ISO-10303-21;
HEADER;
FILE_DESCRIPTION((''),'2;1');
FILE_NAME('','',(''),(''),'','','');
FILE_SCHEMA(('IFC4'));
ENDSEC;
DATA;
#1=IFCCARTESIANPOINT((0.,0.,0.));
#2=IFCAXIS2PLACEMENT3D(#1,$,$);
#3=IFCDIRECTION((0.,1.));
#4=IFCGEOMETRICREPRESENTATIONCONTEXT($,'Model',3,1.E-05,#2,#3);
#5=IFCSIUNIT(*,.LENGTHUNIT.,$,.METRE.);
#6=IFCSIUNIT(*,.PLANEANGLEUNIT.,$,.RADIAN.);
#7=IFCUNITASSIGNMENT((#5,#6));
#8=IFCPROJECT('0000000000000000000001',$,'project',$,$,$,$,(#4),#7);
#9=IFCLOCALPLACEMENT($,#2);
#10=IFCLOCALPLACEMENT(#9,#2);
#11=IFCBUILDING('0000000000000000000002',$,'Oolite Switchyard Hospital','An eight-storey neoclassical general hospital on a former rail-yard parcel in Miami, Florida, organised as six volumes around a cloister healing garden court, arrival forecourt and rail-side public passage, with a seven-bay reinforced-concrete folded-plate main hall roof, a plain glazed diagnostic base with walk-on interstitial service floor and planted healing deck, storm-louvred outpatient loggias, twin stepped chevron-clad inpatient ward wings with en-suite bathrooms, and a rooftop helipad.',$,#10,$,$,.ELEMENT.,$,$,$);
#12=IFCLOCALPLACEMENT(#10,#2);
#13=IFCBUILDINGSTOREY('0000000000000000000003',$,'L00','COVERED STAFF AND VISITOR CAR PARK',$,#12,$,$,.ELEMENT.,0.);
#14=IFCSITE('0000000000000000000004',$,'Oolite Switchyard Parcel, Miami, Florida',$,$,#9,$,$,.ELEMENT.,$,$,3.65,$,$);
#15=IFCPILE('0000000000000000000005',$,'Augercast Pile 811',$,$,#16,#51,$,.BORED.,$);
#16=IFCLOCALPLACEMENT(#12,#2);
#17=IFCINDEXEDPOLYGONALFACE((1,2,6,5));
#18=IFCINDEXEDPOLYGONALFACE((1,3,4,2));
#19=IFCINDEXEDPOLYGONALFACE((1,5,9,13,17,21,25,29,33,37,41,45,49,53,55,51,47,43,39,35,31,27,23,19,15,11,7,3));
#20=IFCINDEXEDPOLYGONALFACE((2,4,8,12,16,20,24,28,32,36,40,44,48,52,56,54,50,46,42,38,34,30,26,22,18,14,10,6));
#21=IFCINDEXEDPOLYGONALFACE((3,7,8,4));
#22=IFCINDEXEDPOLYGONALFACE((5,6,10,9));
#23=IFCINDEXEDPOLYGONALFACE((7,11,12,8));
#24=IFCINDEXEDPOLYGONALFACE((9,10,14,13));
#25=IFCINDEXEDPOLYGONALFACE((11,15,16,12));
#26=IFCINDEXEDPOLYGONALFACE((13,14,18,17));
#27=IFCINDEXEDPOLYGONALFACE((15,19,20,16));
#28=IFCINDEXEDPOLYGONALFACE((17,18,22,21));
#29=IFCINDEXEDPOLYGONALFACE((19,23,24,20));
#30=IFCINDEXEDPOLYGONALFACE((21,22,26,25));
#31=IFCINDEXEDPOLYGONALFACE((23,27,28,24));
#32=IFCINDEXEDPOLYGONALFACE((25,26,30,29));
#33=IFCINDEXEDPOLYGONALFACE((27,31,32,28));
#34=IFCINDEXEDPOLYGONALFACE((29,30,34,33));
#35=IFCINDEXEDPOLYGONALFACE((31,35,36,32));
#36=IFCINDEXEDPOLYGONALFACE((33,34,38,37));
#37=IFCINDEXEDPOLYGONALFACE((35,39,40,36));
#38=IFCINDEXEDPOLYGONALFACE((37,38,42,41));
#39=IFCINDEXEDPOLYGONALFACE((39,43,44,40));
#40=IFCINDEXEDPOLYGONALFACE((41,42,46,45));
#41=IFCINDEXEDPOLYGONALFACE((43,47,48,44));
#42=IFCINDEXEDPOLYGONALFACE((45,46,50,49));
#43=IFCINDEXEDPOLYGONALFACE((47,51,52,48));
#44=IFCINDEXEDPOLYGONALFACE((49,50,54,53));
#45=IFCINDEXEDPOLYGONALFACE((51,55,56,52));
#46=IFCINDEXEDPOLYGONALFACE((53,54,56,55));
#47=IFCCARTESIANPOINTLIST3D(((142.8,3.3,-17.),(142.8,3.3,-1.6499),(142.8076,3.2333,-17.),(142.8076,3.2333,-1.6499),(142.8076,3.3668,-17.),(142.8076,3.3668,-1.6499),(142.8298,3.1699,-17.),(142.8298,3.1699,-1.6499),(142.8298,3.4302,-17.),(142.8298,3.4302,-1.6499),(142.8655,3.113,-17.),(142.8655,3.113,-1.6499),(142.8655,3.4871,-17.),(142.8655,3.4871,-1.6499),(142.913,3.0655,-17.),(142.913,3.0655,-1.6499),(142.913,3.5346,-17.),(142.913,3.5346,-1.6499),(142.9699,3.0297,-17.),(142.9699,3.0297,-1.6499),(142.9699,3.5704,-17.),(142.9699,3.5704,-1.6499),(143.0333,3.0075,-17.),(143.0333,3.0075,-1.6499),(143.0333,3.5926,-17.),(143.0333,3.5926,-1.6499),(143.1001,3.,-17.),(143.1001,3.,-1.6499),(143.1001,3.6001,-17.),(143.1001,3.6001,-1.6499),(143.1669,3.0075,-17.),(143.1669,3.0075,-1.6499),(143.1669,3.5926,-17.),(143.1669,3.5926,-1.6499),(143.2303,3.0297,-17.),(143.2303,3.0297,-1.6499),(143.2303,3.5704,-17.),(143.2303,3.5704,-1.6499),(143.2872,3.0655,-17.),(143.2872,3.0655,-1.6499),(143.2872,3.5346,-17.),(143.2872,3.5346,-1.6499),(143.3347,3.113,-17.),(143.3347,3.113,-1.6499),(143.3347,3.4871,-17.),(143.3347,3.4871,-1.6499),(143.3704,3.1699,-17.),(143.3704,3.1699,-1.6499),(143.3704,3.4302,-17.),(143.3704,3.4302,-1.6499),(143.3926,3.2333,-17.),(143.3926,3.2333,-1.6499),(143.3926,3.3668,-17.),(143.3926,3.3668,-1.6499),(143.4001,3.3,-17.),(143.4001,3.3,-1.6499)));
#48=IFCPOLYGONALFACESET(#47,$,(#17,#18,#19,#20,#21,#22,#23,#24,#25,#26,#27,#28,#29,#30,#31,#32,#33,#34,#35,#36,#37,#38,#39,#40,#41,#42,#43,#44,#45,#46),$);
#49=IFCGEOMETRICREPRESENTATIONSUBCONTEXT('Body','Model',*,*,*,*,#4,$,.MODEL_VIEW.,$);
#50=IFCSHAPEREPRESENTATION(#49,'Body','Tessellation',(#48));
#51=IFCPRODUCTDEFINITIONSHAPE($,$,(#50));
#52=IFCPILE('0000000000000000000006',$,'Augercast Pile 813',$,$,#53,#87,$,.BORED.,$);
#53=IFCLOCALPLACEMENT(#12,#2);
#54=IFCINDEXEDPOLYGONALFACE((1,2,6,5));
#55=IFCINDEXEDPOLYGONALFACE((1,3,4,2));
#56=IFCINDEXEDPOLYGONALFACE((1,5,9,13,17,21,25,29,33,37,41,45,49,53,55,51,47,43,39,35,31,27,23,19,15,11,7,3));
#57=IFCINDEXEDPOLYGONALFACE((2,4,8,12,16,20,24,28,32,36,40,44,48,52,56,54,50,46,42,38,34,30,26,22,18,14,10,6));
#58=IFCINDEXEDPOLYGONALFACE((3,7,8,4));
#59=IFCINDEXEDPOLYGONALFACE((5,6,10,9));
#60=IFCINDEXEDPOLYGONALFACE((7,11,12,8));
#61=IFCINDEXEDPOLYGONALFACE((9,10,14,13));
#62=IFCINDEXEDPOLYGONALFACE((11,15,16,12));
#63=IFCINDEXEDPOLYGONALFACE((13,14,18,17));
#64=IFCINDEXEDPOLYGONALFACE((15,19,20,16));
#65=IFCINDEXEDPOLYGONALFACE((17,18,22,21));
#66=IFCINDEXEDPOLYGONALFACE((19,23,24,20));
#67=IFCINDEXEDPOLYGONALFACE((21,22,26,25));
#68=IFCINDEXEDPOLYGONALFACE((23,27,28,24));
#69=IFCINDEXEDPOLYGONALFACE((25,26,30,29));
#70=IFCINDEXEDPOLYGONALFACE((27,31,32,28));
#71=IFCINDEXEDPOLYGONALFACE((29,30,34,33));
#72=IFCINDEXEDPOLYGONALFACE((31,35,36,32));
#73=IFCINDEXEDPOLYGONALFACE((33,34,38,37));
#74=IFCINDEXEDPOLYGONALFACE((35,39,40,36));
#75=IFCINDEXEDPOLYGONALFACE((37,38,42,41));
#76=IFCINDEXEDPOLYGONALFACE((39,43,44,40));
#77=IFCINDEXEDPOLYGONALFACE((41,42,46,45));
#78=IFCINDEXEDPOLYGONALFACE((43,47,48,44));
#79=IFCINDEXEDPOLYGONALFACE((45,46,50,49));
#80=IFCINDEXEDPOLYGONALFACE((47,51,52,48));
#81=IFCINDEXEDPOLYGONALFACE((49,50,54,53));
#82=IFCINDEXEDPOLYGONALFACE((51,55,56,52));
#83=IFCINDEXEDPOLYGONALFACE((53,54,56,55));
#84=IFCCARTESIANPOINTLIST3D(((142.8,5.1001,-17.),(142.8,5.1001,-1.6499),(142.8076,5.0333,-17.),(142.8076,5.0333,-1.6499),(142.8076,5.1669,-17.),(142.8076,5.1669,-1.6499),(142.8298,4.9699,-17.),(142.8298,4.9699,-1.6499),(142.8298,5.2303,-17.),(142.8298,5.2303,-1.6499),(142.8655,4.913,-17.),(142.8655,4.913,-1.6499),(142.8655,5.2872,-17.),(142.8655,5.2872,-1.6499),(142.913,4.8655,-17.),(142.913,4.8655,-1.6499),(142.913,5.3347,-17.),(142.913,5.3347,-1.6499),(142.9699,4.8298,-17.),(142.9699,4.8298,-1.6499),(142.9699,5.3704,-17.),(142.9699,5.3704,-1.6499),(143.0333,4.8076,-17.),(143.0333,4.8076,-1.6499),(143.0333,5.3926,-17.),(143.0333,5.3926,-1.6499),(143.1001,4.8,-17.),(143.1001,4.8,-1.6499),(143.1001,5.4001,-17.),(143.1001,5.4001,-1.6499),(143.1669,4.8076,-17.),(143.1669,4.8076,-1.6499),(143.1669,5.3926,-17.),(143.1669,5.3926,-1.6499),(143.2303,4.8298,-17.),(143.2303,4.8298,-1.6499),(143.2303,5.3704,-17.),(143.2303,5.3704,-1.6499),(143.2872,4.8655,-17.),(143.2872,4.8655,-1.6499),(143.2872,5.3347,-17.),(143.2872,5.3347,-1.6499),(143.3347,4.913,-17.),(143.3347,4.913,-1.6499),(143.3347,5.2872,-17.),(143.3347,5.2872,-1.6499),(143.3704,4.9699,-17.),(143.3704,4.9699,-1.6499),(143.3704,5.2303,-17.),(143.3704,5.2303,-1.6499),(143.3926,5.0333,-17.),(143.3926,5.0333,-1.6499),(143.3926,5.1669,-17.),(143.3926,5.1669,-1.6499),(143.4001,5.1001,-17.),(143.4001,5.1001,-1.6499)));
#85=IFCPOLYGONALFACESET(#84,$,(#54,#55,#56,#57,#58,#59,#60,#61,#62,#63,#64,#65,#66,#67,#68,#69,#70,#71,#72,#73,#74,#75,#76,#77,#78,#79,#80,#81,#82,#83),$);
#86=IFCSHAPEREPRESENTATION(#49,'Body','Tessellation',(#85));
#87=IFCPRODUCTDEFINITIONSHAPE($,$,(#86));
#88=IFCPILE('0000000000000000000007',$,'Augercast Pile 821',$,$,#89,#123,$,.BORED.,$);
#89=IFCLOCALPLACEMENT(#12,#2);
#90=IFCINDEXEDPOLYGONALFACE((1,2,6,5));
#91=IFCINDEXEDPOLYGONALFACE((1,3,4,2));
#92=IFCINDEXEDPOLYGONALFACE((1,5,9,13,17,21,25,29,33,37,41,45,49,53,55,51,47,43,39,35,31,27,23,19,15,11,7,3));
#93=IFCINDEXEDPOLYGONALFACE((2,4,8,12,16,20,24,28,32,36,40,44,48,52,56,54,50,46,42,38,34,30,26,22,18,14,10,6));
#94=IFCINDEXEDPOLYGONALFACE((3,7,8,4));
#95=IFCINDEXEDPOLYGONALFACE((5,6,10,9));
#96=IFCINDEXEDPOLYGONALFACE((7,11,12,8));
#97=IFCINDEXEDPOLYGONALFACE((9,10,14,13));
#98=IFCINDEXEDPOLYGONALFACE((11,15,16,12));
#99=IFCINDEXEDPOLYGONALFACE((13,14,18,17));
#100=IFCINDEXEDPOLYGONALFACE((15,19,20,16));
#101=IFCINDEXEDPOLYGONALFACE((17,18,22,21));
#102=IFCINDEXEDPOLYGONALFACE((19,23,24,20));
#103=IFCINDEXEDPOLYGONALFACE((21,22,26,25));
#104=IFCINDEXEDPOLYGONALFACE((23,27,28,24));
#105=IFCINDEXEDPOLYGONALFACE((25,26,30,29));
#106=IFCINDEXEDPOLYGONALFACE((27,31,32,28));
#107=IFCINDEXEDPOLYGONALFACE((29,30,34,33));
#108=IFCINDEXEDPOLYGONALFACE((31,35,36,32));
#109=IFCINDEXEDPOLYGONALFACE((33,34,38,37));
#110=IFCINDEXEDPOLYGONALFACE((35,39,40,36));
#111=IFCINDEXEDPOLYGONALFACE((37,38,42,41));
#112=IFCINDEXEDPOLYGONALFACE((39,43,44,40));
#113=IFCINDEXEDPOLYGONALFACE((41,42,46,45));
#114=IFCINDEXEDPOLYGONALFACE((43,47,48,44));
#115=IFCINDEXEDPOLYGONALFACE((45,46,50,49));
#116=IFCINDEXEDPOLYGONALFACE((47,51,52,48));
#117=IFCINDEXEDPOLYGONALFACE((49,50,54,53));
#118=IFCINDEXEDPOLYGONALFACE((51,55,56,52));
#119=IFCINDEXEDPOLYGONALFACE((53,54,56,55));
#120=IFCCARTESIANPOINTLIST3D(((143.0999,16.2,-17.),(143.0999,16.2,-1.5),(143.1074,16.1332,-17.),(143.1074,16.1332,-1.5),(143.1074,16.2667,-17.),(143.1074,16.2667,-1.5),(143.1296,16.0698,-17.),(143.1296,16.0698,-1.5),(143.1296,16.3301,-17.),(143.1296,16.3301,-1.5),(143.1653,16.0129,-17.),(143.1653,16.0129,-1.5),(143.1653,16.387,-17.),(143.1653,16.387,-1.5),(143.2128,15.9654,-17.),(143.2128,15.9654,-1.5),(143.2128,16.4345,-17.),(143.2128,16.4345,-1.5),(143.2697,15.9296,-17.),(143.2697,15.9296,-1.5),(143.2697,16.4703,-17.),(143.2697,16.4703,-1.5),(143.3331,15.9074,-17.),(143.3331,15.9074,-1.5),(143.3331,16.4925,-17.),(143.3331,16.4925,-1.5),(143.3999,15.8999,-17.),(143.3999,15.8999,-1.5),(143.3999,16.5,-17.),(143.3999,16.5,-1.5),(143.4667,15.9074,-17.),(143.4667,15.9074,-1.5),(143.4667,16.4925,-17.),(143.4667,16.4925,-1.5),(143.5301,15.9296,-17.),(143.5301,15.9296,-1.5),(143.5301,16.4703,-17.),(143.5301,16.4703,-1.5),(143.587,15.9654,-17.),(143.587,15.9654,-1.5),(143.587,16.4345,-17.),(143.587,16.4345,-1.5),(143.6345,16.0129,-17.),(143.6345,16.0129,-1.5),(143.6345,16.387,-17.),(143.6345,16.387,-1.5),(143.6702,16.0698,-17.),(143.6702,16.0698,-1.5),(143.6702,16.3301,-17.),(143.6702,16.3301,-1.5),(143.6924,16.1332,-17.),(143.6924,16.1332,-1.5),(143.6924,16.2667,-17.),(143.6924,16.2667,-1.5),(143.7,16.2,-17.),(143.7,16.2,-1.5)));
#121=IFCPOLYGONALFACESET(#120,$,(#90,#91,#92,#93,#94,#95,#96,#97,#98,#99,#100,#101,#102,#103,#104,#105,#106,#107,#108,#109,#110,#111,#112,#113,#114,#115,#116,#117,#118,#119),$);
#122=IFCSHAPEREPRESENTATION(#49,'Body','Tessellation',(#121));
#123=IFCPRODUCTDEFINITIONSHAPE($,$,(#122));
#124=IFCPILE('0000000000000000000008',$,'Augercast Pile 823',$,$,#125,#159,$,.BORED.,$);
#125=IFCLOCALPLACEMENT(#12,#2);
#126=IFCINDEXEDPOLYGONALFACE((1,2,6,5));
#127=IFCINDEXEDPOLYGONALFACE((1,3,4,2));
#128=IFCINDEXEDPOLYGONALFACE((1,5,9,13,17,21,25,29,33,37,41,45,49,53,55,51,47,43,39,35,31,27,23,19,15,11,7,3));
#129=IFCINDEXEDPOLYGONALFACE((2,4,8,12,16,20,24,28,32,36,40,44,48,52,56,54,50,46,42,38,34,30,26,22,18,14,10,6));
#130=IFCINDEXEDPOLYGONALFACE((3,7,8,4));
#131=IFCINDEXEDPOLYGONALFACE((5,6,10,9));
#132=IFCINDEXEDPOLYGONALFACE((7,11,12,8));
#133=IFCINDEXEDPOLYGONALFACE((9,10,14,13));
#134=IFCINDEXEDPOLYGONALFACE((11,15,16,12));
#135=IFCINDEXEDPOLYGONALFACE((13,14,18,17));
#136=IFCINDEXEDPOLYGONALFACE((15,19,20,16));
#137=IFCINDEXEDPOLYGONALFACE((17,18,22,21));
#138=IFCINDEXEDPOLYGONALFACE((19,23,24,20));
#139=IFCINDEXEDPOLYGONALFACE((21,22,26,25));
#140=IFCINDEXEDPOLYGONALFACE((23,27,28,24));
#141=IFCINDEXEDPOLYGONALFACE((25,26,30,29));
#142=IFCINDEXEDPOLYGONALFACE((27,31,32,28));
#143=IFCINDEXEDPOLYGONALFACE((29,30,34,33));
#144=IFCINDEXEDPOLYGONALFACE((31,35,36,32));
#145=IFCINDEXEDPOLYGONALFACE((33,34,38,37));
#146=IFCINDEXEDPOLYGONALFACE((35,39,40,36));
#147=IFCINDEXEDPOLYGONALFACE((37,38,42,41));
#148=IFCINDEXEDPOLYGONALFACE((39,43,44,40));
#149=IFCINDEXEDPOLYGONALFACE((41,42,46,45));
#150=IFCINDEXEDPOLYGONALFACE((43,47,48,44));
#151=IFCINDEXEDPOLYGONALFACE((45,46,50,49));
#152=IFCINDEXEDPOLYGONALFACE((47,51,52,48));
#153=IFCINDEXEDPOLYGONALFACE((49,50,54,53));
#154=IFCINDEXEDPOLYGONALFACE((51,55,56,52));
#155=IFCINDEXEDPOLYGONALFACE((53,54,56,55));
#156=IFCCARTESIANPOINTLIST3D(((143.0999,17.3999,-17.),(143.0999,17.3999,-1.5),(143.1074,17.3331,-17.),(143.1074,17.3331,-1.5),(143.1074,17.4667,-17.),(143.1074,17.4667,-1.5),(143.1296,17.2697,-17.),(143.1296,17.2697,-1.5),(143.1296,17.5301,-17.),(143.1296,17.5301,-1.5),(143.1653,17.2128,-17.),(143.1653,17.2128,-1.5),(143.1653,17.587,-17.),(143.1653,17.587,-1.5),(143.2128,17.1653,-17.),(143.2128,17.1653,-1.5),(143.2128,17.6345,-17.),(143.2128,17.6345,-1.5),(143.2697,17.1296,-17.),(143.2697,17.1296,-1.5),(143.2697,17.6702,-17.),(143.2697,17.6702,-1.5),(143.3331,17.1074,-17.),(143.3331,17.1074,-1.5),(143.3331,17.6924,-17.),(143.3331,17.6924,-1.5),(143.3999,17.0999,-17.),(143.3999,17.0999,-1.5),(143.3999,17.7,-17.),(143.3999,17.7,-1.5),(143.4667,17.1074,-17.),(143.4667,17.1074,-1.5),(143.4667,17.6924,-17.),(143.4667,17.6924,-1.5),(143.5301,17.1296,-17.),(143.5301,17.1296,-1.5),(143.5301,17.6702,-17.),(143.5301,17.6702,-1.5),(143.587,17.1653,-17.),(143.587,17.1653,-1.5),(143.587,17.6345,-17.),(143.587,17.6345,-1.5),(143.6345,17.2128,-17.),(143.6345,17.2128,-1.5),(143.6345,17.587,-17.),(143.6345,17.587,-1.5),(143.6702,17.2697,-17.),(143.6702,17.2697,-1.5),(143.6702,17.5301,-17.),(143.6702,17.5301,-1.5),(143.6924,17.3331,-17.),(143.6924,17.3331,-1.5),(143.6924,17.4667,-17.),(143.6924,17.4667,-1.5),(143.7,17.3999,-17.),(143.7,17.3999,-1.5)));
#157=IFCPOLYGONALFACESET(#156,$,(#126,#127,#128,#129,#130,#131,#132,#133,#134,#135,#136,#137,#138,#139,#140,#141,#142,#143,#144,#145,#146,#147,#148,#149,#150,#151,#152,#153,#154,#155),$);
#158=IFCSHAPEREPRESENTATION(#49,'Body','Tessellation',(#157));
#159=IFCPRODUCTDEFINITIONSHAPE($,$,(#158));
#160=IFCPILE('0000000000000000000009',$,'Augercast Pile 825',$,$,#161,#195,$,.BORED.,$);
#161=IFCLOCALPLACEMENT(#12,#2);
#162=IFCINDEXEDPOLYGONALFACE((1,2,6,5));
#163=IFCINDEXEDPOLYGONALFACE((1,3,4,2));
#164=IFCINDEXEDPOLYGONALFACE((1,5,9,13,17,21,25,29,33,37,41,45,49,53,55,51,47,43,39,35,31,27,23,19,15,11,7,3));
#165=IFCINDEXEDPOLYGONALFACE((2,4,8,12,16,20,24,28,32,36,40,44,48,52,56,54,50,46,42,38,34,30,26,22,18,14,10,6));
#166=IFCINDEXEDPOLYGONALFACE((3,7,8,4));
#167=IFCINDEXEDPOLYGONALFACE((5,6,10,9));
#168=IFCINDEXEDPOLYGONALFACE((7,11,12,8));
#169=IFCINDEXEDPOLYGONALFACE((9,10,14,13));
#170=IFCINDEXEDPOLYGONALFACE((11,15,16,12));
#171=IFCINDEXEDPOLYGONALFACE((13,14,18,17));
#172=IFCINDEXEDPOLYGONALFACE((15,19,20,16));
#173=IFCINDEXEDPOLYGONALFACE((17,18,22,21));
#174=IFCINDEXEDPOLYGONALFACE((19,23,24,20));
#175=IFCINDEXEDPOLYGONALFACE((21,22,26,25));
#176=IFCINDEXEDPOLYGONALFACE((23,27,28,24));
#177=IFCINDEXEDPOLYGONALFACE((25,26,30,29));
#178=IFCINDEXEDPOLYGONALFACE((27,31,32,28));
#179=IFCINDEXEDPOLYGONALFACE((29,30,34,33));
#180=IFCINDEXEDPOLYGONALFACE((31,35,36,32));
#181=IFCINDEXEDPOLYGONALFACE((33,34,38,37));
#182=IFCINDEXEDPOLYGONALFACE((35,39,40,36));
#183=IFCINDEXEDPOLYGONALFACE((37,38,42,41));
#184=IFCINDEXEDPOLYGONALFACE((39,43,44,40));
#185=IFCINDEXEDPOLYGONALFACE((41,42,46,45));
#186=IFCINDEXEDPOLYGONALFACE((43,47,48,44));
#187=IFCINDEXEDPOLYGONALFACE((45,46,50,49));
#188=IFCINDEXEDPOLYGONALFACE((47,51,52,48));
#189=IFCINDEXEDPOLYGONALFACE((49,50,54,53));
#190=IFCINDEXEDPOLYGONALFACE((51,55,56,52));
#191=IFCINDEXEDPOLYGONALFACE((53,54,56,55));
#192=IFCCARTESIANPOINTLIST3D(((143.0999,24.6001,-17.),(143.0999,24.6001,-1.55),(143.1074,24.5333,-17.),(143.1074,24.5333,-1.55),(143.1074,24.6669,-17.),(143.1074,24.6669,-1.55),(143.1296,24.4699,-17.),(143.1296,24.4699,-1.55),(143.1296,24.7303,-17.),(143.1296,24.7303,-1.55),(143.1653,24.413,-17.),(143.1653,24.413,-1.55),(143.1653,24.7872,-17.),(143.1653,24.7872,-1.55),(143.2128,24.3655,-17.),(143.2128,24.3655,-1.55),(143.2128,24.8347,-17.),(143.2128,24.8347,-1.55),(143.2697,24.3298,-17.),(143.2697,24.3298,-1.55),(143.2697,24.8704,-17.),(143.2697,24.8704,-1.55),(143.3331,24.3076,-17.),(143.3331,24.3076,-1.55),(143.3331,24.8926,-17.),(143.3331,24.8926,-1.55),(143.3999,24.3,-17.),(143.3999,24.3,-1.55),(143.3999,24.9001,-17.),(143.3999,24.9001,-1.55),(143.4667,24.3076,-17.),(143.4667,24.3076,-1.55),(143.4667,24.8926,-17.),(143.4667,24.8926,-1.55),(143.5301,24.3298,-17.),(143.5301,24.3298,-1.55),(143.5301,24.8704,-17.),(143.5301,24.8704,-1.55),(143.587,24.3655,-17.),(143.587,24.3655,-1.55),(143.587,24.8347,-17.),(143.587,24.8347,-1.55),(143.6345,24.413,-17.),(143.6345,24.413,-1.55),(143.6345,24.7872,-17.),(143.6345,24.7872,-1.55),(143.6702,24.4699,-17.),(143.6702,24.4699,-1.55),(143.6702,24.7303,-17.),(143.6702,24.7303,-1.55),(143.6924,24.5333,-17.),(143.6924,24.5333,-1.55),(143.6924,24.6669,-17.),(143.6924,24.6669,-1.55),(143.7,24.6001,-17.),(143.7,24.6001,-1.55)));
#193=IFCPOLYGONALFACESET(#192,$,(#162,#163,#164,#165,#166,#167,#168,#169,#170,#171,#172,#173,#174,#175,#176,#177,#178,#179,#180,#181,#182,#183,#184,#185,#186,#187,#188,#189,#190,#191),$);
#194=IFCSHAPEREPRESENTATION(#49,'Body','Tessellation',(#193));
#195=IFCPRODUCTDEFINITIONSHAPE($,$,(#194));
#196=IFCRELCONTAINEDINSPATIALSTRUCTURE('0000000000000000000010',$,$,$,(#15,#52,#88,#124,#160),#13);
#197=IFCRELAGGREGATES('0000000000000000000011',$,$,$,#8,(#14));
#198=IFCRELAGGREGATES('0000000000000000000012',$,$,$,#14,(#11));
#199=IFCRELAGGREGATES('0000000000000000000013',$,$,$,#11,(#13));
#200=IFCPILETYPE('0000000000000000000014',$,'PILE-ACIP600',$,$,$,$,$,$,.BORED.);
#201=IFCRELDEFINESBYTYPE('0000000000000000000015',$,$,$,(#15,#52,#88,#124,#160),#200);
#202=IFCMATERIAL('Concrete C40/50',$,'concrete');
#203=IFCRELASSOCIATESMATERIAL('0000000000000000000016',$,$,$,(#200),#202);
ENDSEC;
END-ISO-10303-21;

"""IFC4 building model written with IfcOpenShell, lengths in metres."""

from ifc_helpers import new_model, si_unit, direction, frame, origin, origin_2d, place, context, subcontext, project, spatial, circle, extrude, material, material_profile, profile_set, type_object, element, save


model = new_model("IFC4")

# Units and contexts
model_context = context("Model", 3, precision=1e-05, world=origin(), true_north=direction((0.0, 1.0)))
body_context = subcontext(model_context, "Body", "Model", "MODEL_VIEW")
ifc_project = project(units=[si_unit("LENGTHUNIT", "METRE"), si_unit("PLANEANGLEUNIT", "RADIAN")], contexts=[model_context])

# Site, building, storey
site_placement = place(None, origin())
site = spatial("IfcSite", under=ifc_project, at=site_placement, Name="Oolite Switchyard Parcel, Miami, Florida", CompositionType="ELEMENT", RefElevation=3.65)
building_placement = place(site_placement, origin())
building = spatial("IfcBuilding", under=site, at=building_placement, Name="Oolite Switchyard Hospital", Description="An eight-storey neoclassical general hospital on a former rail-yard parcel in Miami, Florida, organised as six volumes around a cloister healing garden court, arrival forecourt and rail-side public passage, with a seven-bay reinforced-concrete folded-plate main hall roof, a plain glazed diagnostic base with walk-on interstitial service floor and planted healing deck, storm-louvred outpatient loggias, twin stepped chevron-clad inpatient ward wings with en-suite bathrooms, and a rooftop helipad.", CompositionType="ELEMENT")
storey_placement = place(building_placement, origin())
storey = spatial("IfcBuildingStorey", under=building, at=storey_placement, Name="L00", Description="COVERED STAFF AND VISITOR CAR PARK", CompositionType="ELEMENT", Elevation=0.0)

# Shared definitions
ifc_material_1 = material(Name="Concrete C40/50", Category="concrete")

# Piles
ifc_material_profile_1 = material_profile(ifc_material_1, circle(Radius=0.3, at=origin_2d()), Name="PILE600")
ifc_profile_set_1 = profile_set([ifc_material_profile_1], Name="Concrete C40/50")
pile_type_1 = type_object("IfcPileType", Name="PILE-ACIP600", PredefinedType="BORED", material=ifc_profile_set_1)
for number, where, z_axis, x_axis, name in (
    (1, (143.1001, 3.3, -1.6499), (0.0, 0.0, -1.0), (1.0, 0.0, 0.0), "Augercast Pile 811"),
    (2, (143.1001, 5.1001, -1.6499), (0.0, 0.0, -1.0), (1.0, 0.0, 0.0), "Augercast Pile 813"),
):
    element("IfcPile", number, at=place(storey_placement, frame(where, z_axis=z_axis, x_axis=x_axis)), inside=storey, type_object=pile_type_1, Name=name, PredefinedType="BORED", context=body_context, shape_type="SweptSolid", body=[
        extrude(circle(Radius=0.3, at=origin_2d()), origin(), (0.0, 0.0, 1.0), 15.3501),
    ])
for number, where, z_axis, x_axis, name in (
    (3, (143.3999, 16.2, -1.5), (0.0, 0.0, -1.0), (1.0, 0.0, 0.0), "Augercast Pile 821"),
    (4, (143.3999, 17.3999, -1.5), (0.0, 0.0, -1.0), (1.0, 0.0, 0.0), "Augercast Pile 823"),
):
    element("IfcPile", number, at=place(storey_placement, frame(where, z_axis=z_axis, x_axis=x_axis)), inside=storey, type_object=pile_type_1, Name=name, PredefinedType="BORED", context=body_context, shape_type="SweptSolid", body=[
        extrude(circle(Radius=0.3, at=origin_2d()), origin(), (0.0, 0.0, 1.0), 15.5),
    ])
pile_1_placement = place(storey_placement, frame((143.3999, 24.6001, -1.55), z_axis=(0.0, 0.0, -1.0), x_axis=(1.0, 0.0, 0.0)))
element("IfcPile", 5, at=pile_1_placement, inside=storey, type_object=pile_type_1, Name="Augercast Pile 825", PredefinedType="BORED", context=body_context, shape_type="SweptSolid", body=[
    extrude(circle(Radius=0.3, at=origin_2d()), origin(), (0.0, 0.0, 1.0), 15.45),
])

save(model, "model.ifc")
